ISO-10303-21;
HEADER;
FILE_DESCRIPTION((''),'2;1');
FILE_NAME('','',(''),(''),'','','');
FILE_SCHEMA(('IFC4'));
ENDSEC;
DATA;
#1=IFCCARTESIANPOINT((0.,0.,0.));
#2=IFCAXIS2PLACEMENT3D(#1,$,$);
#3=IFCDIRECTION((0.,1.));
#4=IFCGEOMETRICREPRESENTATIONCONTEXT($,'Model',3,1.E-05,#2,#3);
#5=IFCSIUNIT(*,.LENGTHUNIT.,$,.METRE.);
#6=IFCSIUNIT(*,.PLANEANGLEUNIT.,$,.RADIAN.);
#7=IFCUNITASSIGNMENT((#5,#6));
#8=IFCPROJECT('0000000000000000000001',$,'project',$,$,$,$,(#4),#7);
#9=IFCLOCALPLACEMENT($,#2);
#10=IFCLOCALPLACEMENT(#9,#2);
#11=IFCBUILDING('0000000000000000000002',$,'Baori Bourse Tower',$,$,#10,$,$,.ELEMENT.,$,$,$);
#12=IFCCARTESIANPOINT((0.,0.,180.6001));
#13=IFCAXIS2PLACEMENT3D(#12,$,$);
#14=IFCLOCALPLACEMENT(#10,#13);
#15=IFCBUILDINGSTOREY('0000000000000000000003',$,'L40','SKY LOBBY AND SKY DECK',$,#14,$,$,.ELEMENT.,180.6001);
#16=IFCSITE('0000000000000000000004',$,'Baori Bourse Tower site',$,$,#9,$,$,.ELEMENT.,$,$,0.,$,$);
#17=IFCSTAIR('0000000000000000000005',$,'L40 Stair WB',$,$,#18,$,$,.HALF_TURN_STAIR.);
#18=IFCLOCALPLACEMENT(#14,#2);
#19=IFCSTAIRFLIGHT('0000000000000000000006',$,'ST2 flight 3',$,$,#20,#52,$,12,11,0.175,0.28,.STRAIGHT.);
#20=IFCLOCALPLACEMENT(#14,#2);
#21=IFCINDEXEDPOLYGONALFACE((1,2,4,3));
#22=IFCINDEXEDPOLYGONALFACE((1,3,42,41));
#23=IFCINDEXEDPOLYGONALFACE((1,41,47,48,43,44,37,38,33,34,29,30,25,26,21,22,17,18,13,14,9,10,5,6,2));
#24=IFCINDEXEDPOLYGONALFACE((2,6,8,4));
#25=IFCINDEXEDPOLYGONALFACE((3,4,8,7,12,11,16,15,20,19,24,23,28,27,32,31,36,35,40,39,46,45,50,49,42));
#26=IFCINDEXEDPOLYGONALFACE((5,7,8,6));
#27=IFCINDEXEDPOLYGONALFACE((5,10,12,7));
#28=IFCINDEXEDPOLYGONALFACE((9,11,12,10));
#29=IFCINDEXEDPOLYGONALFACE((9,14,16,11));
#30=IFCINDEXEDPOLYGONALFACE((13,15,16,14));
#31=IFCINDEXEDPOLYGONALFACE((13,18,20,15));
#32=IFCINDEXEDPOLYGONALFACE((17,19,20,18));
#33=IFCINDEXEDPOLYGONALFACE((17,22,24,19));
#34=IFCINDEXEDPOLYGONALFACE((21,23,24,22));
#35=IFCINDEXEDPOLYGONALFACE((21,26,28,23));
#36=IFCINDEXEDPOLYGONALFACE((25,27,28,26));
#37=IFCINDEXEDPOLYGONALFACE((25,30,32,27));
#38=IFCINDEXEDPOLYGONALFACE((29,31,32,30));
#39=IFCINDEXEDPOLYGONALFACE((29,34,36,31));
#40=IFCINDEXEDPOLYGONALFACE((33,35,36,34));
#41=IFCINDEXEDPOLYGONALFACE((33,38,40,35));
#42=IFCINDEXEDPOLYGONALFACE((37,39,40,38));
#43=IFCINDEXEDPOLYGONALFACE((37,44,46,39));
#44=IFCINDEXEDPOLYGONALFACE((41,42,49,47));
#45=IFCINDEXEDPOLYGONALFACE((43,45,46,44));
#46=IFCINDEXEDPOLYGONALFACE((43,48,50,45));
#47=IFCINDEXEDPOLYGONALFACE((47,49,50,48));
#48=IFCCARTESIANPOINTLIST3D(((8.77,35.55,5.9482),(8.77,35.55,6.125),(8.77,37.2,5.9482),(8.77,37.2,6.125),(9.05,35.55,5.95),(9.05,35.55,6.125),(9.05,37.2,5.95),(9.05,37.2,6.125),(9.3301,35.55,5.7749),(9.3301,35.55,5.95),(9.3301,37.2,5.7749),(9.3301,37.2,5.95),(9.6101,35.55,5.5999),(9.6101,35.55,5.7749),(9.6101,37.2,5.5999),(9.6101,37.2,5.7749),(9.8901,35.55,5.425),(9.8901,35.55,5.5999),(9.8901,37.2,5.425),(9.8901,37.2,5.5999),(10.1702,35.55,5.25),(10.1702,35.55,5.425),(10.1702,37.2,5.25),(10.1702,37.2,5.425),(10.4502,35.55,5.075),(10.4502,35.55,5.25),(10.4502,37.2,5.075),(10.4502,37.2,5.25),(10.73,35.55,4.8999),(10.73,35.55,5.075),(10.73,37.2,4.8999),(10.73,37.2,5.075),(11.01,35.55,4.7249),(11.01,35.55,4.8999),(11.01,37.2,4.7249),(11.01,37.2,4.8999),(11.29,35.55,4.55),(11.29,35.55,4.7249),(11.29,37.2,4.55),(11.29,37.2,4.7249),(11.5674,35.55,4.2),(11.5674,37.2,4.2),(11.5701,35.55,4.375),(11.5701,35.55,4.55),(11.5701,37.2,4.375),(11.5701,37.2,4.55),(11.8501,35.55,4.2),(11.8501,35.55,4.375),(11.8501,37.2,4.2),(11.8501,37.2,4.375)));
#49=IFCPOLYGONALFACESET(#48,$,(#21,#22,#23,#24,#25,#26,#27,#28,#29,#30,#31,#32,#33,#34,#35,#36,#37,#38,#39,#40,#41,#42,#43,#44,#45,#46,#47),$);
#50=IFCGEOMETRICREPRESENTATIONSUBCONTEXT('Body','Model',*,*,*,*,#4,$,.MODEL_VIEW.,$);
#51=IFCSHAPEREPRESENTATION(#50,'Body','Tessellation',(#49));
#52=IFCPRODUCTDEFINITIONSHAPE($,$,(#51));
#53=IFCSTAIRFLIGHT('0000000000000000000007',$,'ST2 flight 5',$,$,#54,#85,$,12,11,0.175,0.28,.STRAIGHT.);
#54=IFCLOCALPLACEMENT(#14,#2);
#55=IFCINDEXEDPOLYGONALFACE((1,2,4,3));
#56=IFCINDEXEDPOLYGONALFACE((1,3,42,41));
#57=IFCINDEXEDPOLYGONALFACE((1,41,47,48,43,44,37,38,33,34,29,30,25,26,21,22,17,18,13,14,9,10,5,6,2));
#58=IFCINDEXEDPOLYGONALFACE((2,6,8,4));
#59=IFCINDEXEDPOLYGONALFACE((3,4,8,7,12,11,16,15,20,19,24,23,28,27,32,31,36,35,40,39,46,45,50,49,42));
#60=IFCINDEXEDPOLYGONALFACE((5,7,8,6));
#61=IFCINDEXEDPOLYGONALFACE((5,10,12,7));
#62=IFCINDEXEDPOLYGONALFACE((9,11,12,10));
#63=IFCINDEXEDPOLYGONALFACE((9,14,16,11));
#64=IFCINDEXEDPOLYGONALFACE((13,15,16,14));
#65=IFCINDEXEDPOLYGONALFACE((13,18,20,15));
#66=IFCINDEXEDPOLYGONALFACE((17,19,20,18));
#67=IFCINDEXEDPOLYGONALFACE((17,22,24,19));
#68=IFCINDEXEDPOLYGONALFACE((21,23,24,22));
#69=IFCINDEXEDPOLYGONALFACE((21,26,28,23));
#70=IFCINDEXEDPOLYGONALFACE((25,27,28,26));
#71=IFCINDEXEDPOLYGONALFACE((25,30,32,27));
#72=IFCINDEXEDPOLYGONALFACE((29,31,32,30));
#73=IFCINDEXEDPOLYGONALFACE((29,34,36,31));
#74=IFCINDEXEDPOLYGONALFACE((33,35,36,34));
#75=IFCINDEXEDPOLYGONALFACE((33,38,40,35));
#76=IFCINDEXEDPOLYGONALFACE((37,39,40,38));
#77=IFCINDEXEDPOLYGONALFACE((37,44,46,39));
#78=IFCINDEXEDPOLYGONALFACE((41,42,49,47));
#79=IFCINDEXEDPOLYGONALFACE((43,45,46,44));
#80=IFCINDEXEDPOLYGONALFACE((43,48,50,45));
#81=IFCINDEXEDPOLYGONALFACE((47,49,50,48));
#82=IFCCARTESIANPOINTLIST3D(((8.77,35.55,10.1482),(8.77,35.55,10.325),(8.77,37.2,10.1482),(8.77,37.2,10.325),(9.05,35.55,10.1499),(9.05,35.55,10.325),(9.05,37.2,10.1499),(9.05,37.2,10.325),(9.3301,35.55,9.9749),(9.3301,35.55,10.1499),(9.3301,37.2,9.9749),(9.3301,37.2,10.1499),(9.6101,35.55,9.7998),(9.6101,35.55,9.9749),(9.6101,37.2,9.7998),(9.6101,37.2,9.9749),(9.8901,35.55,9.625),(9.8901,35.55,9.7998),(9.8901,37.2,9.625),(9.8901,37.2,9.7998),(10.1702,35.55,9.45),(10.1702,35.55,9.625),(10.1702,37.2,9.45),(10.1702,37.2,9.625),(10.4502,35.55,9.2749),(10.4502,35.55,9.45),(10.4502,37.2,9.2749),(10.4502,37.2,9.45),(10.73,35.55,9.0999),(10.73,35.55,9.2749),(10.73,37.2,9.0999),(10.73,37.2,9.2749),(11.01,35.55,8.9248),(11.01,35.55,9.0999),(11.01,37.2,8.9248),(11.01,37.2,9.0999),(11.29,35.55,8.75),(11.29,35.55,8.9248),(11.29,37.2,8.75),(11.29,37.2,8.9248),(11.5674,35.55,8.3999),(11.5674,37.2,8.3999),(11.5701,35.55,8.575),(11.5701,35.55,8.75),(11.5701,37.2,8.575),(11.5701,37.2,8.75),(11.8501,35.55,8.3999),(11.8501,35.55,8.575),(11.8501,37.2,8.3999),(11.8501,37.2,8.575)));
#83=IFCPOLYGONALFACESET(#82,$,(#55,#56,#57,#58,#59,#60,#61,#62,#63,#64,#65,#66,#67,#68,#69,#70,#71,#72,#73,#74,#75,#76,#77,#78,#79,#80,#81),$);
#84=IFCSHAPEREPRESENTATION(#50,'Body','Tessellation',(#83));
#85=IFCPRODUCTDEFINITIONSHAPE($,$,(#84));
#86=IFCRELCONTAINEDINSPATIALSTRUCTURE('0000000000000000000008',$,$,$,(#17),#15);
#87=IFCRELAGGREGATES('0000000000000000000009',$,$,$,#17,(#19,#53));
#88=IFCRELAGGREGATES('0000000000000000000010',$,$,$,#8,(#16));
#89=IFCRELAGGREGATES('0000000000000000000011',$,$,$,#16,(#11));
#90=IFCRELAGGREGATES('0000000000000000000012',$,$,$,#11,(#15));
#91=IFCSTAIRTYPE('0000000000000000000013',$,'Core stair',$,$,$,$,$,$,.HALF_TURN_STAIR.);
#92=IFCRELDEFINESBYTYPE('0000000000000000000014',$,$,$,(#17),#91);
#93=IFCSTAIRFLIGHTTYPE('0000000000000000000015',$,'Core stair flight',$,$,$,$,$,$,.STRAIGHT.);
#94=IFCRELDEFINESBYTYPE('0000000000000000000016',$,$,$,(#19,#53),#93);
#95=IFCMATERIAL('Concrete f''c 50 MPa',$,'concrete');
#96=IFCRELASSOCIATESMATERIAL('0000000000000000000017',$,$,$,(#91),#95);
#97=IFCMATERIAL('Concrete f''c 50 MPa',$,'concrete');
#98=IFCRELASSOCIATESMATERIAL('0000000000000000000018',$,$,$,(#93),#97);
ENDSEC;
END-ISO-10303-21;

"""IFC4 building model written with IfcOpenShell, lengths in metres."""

from ifc_helpers import new_model, si_unit, direction, frame, origin, place, context, subcontext, project, spatial, polyline, outline, extrude, material, type_object, element, aggregate, save


model = new_model("IFC4")

# Units and contexts
model_context = context("Model", 3, precision=1e-05, world=origin(), true_north=direction((0.0, 1.0)))
body_context = subcontext(model_context, "Body", "Model", "MODEL_VIEW")
ifc_project = project(units=[si_unit("LENGTHUNIT", "METRE"), si_unit("PLANEANGLEUNIT", "RADIAN")], contexts=[model_context])

# Site, building, storey
site_placement = place(None, origin())
site = spatial("IfcSite", under=ifc_project, at=site_placement, Name="Baori Bourse Tower site", CompositionType="ELEMENT", RefElevation=0.0)
building_placement = place(site_placement, origin())
building = spatial("IfcBuilding", under=site, at=building_placement, Name="Baori Bourse Tower", CompositionType="ELEMENT")
storey_placement = place(building_placement, frame((0.0, 0.0, 180.6001)))
storey = spatial("IfcBuildingStorey", under=building, at=storey_placement, Name="L40", Description="SKY LOBBY AND SKY DECK", CompositionType="ELEMENT", Elevation=180.6001)

# Stair, stair flights
ifc_material_1 = material(Name="Concrete f'c 50 MPa", Category="concrete")
stair_type = type_object("IfcStairType", Name="Core stair", PredefinedType="HALF_TURN_STAIR", material=ifc_material_1)
stair_placement = place(storey_placement, origin())
stair = element("IfcStair", 1, at=stair_placement, inside=storey, type_object=stair_type, Name="L40 Stair WB", PredefinedType="HALF_TURN_STAIR")
ifc_material_2 = material(Name="Concrete f'c 50 MPa", Category="concrete")
stair_flight_type = type_object("IfcStairFlightType", Name="Core stair flight", PredefinedType="STRAIGHT", material=ifc_material_2)
stair_flight_1_placement = place(storey_placement, frame((11.8501, 36.375, 4.2), z_axis=(0.0, 0.0, 1.0), x_axis=(-1.0, 0.0, 0.0)))
stair_flight_1 = element("IfcStairFlight", 2, at=stair_flight_1_placement, type_object=stair_flight_type, Name="ST2 flight 3", NumberOfRisers=12, NumberOfTreads=11, PredefinedType="STRAIGHT", RiserHeight=0.175, TreadLength=0.28, context=body_context, shape_type="SweptSolid", body=[
    extrude(outline(polyline([(0.0, 0.0), (0.0, 0.175), (0.28, 0.175), (0.28, 0.3501), (0.5601, 0.3501), (0.5601, 0.5249), (0.8401, 0.5249), (0.8401, 0.7), (1.1201, 0.7), (1.1201, 0.875), (1.3999, 0.875), (1.3999, 1.05), (1.6799, 1.05), (1.6799, 1.2251), (1.96, 1.2251), (1.96, 1.3999), (2.24, 1.3999), (2.24, 1.575), (2.52, 1.575), (2.52, 1.75), (2.8, 1.75), (2.8, 1.925), (3.0801, 1.925), (3.0801, 2.1001), (3.0801, 1.7483), (0.2827, 0.0), (0.0, 0.0)])), frame((0.0, 0.825, 0.0), z_axis=(0.0, -1.0, 0.0), x_axis=(1.0, 0.0, 0.0)), (0.0, 0.0, 1.0), 1.6499),
])
stair_flight_2_placement = place(storey_placement, frame((11.8501, 36.375, 8.3999), z_axis=(0.0, 0.0, 1.0), x_axis=(-1.0, 0.0, 0.0)))
stair_flight_2 = element("IfcStairFlight", 3, at=stair_flight_2_placement, type_object=stair_flight_type, Name="ST2 flight 5", NumberOfRisers=12, NumberOfTreads=11, PredefinedType="STRAIGHT", RiserHeight=0.175, TreadLength=0.28, context=body_context, shape_type="SweptSolid", body=[
    extrude(outline(polyline([(0.0, 0.0), (0.0, 0.175), (0.28, 0.175), (0.28, 0.3501), (0.5601, 0.3501), (0.5601, 0.5249), (0.8401, 0.5249), (0.8401, 0.7), (1.1201, 0.7), (1.1201, 0.875), (1.3999, 0.875), (1.3999, 1.05), (1.6799, 1.05), (1.6799, 1.2251), (1.96, 1.2251), (1.96, 1.3999), (2.24, 1.3999), (2.24, 1.575), (2.52, 1.575), (2.52, 1.75), (2.8, 1.75), (2.8, 1.925), (3.0801, 1.925), (3.0801, 2.1001), (3.0801, 1.7483), (0.2827, 0.0), (0.0, 0.0)])), frame((0.0, 0.825, 0.0), z_axis=(0.0, -1.0, 0.0), x_axis=(1.0, 0.0, 0.0)), (0.0, 0.0, 1.0), 1.6499),
])
aggregate(stair, [stair_flight_1, stair_flight_2])

save(model, "model.ifc")
